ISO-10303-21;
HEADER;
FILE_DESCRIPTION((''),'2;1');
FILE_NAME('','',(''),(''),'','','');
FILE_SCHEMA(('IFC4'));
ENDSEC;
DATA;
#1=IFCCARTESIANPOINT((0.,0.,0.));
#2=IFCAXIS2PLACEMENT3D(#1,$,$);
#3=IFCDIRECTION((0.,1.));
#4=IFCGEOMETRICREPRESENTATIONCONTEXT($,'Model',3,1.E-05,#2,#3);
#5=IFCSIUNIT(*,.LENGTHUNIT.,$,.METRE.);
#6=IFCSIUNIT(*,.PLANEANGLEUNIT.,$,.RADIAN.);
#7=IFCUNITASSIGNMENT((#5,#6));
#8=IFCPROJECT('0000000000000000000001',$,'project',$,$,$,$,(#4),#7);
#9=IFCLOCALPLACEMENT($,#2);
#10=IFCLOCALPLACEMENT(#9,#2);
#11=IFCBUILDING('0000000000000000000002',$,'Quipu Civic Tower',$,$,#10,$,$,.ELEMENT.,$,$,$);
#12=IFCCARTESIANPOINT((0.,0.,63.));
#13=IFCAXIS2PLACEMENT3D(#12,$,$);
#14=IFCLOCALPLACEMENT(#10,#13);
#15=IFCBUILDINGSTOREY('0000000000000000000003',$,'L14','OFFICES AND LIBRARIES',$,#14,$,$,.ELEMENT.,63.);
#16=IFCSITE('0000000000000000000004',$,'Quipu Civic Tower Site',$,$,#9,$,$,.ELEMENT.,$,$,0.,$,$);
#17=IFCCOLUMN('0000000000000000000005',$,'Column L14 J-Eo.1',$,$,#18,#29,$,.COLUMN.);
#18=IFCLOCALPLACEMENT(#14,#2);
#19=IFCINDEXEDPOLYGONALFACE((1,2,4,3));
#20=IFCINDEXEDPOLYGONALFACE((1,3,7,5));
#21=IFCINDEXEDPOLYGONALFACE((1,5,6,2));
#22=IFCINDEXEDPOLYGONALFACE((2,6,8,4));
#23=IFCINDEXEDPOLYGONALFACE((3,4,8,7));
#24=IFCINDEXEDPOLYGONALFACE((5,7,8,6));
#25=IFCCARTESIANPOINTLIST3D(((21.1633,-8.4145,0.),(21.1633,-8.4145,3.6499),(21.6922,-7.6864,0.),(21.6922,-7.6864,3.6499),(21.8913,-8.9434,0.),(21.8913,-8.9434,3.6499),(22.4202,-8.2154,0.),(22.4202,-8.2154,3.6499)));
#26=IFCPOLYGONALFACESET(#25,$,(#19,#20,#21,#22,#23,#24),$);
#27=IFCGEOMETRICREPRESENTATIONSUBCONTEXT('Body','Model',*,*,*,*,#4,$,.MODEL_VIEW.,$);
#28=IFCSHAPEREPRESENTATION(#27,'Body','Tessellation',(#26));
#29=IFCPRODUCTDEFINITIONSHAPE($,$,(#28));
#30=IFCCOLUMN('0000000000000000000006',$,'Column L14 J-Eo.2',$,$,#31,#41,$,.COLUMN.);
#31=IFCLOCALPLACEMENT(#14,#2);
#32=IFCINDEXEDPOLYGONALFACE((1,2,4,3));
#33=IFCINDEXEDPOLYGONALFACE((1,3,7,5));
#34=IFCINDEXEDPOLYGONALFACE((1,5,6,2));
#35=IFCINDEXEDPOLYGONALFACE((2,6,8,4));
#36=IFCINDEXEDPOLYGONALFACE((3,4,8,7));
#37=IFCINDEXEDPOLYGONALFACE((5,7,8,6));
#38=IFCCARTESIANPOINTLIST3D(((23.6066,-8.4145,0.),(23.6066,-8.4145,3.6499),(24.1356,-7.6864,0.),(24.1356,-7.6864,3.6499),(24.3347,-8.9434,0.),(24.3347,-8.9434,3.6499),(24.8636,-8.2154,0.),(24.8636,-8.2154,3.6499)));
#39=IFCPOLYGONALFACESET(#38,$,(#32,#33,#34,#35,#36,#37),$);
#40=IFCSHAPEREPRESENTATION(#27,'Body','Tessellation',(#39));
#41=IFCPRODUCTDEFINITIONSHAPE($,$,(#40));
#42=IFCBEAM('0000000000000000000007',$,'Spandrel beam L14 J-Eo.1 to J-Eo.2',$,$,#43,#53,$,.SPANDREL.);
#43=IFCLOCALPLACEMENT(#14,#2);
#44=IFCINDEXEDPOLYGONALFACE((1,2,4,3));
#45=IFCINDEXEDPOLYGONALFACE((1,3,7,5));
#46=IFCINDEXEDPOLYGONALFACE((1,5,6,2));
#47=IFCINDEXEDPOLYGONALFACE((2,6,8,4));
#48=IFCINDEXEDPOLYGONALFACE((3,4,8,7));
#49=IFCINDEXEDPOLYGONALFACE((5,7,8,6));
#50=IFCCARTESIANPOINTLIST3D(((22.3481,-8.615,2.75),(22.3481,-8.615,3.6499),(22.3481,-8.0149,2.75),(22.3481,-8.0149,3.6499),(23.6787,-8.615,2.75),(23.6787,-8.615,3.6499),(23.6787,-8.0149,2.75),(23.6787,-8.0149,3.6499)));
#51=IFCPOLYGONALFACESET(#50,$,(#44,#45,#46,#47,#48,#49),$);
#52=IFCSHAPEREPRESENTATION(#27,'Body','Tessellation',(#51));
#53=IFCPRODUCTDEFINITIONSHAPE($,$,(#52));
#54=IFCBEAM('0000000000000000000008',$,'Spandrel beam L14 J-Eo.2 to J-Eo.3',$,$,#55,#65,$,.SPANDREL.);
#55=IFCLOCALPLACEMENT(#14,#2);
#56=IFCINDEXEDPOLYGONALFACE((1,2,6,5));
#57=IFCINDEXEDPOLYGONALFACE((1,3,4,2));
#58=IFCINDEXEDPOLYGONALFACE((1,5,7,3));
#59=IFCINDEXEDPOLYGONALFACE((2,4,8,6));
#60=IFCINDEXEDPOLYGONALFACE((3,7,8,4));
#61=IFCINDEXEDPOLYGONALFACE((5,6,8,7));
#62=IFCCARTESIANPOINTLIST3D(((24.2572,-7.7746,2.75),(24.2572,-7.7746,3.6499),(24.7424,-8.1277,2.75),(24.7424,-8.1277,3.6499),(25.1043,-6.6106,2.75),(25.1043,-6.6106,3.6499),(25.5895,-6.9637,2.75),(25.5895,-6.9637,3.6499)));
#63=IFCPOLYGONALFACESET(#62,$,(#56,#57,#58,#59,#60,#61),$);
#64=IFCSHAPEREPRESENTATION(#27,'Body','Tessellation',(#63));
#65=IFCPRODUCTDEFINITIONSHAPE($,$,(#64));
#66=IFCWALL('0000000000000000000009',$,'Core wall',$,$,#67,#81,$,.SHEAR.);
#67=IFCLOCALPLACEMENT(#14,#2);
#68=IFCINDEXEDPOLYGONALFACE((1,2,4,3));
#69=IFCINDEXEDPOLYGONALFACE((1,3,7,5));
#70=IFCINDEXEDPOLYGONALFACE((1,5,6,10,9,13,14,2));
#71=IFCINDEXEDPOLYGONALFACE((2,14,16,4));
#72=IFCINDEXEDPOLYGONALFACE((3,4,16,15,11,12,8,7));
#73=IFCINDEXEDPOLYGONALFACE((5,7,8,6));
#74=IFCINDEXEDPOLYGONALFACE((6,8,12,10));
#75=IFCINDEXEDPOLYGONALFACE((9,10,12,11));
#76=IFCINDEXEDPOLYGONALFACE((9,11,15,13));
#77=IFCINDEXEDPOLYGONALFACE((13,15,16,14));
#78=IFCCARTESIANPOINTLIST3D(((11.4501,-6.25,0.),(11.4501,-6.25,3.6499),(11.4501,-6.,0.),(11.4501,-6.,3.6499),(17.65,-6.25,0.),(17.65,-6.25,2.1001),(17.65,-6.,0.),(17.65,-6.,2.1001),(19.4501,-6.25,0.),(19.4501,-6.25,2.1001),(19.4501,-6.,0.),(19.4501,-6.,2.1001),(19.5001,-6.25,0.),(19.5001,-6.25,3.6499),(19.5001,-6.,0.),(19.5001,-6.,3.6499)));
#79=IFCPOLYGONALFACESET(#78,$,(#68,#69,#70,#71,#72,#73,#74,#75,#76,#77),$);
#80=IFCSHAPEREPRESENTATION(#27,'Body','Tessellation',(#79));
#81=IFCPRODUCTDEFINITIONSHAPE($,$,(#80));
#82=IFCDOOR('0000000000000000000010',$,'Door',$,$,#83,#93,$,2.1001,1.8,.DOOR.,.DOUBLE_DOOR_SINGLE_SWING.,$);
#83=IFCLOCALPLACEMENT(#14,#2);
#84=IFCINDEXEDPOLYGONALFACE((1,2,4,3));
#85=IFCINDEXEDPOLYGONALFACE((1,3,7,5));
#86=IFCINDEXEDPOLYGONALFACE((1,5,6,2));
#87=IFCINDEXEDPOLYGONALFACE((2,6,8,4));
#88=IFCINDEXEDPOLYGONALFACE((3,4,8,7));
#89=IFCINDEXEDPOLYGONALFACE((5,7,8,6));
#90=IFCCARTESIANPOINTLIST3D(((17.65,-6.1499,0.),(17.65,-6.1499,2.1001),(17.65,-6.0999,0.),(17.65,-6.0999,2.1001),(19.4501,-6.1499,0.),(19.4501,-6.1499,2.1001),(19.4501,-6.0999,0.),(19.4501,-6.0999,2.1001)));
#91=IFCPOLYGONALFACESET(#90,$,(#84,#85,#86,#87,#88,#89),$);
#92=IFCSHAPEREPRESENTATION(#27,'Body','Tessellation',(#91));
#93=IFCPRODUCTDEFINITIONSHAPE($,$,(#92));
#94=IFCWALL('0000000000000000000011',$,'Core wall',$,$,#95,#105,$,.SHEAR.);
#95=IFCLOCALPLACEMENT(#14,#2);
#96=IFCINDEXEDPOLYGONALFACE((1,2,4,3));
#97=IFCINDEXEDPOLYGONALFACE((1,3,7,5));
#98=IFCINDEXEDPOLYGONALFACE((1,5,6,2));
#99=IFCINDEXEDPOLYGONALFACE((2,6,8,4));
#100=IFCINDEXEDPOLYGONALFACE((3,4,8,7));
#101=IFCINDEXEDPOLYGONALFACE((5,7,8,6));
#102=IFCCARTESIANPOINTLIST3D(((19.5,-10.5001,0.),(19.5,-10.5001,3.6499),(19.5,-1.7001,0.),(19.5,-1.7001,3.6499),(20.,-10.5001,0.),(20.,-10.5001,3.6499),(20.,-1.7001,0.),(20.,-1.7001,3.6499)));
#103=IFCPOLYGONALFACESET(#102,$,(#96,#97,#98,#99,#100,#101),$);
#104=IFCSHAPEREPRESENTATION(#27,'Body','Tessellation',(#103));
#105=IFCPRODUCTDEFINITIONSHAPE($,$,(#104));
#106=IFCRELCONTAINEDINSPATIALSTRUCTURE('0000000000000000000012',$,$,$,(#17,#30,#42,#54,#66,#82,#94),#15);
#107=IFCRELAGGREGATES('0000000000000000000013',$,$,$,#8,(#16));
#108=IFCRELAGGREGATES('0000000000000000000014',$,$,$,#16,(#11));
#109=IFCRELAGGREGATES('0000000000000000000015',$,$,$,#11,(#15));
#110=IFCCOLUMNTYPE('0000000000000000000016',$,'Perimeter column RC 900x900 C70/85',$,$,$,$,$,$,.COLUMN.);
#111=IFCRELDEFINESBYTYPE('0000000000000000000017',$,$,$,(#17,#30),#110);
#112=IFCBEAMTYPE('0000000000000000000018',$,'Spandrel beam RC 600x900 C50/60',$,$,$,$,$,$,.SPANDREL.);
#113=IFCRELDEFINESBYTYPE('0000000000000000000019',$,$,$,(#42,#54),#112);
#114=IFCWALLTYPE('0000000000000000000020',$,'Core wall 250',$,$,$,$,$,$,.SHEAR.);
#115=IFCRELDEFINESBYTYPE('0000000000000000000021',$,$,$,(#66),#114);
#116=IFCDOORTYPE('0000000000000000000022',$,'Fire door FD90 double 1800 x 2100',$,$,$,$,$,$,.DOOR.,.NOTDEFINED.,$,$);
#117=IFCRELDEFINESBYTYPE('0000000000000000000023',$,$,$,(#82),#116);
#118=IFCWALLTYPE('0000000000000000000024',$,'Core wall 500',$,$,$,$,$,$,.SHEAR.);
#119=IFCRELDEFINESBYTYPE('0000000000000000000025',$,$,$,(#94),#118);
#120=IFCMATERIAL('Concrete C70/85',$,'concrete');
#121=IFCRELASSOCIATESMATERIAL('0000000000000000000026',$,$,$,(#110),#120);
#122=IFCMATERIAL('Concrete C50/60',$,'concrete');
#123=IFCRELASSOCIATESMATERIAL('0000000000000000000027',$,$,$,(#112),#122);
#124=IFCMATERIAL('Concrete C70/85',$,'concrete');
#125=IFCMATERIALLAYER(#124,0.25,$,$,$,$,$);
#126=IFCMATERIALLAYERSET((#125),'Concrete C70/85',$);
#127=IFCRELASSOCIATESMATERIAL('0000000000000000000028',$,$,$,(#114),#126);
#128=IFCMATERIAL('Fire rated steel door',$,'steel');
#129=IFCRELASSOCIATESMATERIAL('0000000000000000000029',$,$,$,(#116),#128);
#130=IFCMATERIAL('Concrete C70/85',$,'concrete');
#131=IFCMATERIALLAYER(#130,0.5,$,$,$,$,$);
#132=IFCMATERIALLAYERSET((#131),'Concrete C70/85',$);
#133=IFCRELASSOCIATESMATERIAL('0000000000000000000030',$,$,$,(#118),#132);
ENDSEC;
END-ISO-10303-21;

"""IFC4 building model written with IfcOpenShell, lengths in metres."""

from ifc_helpers import new_model, si_unit, direction, frame, frame_2d, origin, origin_2d, place, context, subcontext, project, spatial, rectangle, extrude, material, layer, layer_set, material_profile, profile_set, type_object, element, fill, save


model = new_model("IFC4")

# Units and contexts
model_context = context("Model", 3, precision=1e-05, world=origin(), true_north=direction((0.0, 1.0)))
body_context = subcontext(model_context, "Body", "Model", "MODEL_VIEW")
ifc_project = project(units=[si_unit("LENGTHUNIT", "METRE"), si_unit("PLANEANGLEUNIT", "RADIAN")], contexts=[model_context])

# Site, building, storey
site_placement = place(None, origin())
site = spatial("IfcSite", under=ifc_project, at=site_placement, Name="Quipu Civic Tower Site", CompositionType="ELEMENT", RefElevation=0.0)
building_placement = place(site_placement, origin())
building = spatial("IfcBuilding", under=site, at=building_placement, Name="Quipu Civic Tower", CompositionType="ELEMENT")
storey_placement = place(building_placement, frame((0.0, 0.0, 63.0)))
storey = spatial("IfcBuildingStorey", under=building, at=storey_placement, Name="L14", Description="OFFICES AND LIBRARIES", CompositionType="ELEMENT", Elevation=63.0)

# Columns
ifc_material_1 = material(Name="Concrete C70/85", Category="concrete")
ifc_material_profile_1 = material_profile(ifc_material_1, rectangle(XDim=0.8999, YDim=0.8999, at=origin_2d()), Name="RC900x900")
ifc_profile_set_1 = profile_set([ifc_material_profile_1], Name="Concrete C70/85")
column_type = type_object("IfcColumnType", Name="Perimeter column RC 900x900 C70/85", PredefinedType="COLUMN", material=ifc_profile_set_1)
for number, where, z_axis, x_axis, name in (
    (1, (21.7917, -8.3149, 0.0), (0.0, 0.0, 1.0), (0.587785, 0.809017, 0.0), "Column L14 J-Eo.1"),
    (2, (24.2351, -8.3149, 0.0), (0.0, 0.0, 1.0), (0.587785, 0.809017, 0.0), "Column L14 J-Eo.2"),
):
    element("IfcColumn", number, at=place(storey_placement, frame(where, z_axis=z_axis, x_axis=x_axis)), inside=storey, type_object=column_type, Name=name, PredefinedType="COLUMN", context=body_context, shape_type="SweptSolid", body=[
        extrude(rectangle(XDim=0.8999, YDim=0.8999, at=origin_2d()), origin(), (0.0, 0.0, 1.0), 3.6499),
    ])

# Beams
ifc_material_2 = material(Name="Concrete C50/60", Category="concrete")
ifc_material_profile_2 = material_profile(ifc_material_2, rectangle(XDim=0.6001, YDim=0.8999, at=origin_2d()), Name="RC600x900")
ifc_profile_set_2 = profile_set([ifc_material_profile_2], Name="Concrete C50/60")
beam_type = type_object("IfcBeamType", Name="Spandrel beam RC 600x900 C50/60", PredefinedType="SPANDREL", material=ifc_profile_set_2)
beam_1_placement = place(storey_placement, frame((22.3481, -8.3149, 3.2), z_axis=(1.0, 0.0, 0.0), x_axis=(0.0, 1.0, 0.0)))
element("IfcBeam", 3, at=beam_1_placement, inside=storey, type_object=beam_type, Name="Spandrel beam L14 J-Eo.1 to J-Eo.2", PredefinedType="SPANDREL", context=body_context, shape_type="SweptSolid", body=[
    extrude(rectangle(XDim=0.6001, YDim=0.8999, at=origin_2d()), origin(), (0.0, 0.0, 1.0), 1.3306),
])
beam_2_placement = place(storey_placement, frame((24.4998, -7.9512, 3.2), z_axis=(0.588434, 0.808545, 0.0), x_axis=(-0.808545, 0.588434, 0.0)))
element("IfcBeam", 4, at=beam_2_placement, inside=storey, type_object=beam_type, Name="Spandrel beam L14 J-Eo.2 to J-Eo.3", PredefinedType="SPANDREL", context=body_context, shape_type="SweptSolid", body=[
    extrude(rectangle(XDim=0.6001, YDim=0.8999, at=origin_2d()), origin(), (0.0, 0.0, 1.0), 1.4397),
])

# Wall, opening, door
ifc_material_3 = material(Name="Concrete C70/85", Category="concrete")
ifc_layer_1 = layer(ifc_material_3, 0.25)
ifc_layer_set_1 = layer_set([ifc_layer_1], Name="Concrete C70/85")
wall_type_1 = type_object("IfcWallType", Name="Core wall 250", PredefinedType="SHEAR", material=ifc_layer_set_1)
wall_1_placement = place(storey_placement, frame((19.5, -6.125, 0.0), z_axis=(0.0, 0.0, 1.0), x_axis=(-1.0, 0.0, 0.0)))
wall_1 = element("IfcWall", 5, at=wall_1_placement, inside=storey, type_object=wall_type_1, Name="Core wall", PredefinedType="SHEAR", context=body_context, shape_type="SweptSolid", body=[
    extrude(rectangle(XDim=8.05, YDim=0.25, at=frame_2d((4.0249, 0.0))), origin(), (0.0, 0.0, 1.0), 3.6499),
])
opening_1_placement = place(wall_1_placement, frame((0.05, 0.0, 0.0)))
opening_1 = element("IfcOpeningElement", 6, at=opening_1_placement, cuts=wall_1, PredefinedType="OPENING", context=body_context, shape_type="SweptSolid", body=[
    extrude(rectangle(XDim=1.8, YDim=2.1001, at=frame_2d((0.8999, 1.05))), frame((0.0, 0.135, 0.0), z_axis=(0.0, -1.0, 0.0), x_axis=(1.0, 0.0, 0.0)), (0.0, 0.0, 1.0), 0.27),
])
ifc_material_4 = material(Name="Fire rated steel door", Category="steel")
door_type_1 = type_object("IfcDoorType", Name="Fire door FD90 double 1800 x 2100", OperationType="NOTDEFINED", PredefinedType="DOOR", material=ifc_material_4)
door_1_placement = place(opening_1_placement, origin())
door_1 = element("IfcDoor", 7, at=door_1_placement, inside=storey, type_object=door_type_1, Name="Door", OperationType="DOUBLE_DOOR_SINGLE_SWING", OverallHeight=2.1001, OverallWidth=1.8, PredefinedType="DOOR", context=body_context, shape_type="SweptSolid", body=[
    extrude(rectangle(XDim=1.8, YDim=2.1001, at=frame_2d((0.8999, 1.05))), frame((0.0, 0.0249, 0.0), z_axis=(0.0, -1.0, 0.0), x_axis=(1.0, 0.0, 0.0)), (0.0, 0.0, 1.0), 0.05),
])
fill(opening_1, door_1)

# Wall
ifc_material_5 = material(Name="Concrete C70/85", Category="concrete")
ifc_layer_2 = layer(ifc_material_5, 0.5)
ifc_layer_set_2 = layer_set([ifc_layer_2], Name="Concrete C70/85")
wall_type_2 = type_object("IfcWallType", Name="Core wall 500", PredefinedType="SHEAR", material=ifc_layer_set_2)
wall_2_placement = place(storey_placement, frame((19.75, -10.5, 0.0), z_axis=(0.0, 0.0, 1.0), x_axis=(0.0, 1.0, 0.0)))
element("IfcWall", 8, at=wall_2_placement, inside=storey, type_object=wall_type_2, Name="Core wall", PredefinedType="SHEAR", context=body_context, shape_type="SweptSolid", body=[
    extrude(rectangle(XDim=8.8, YDim=0.5, at=frame_2d((4.3999, 0.0))), origin(), (0.0, 0.0, 1.0), 3.6499),
])

save(model, "model.ifc")
